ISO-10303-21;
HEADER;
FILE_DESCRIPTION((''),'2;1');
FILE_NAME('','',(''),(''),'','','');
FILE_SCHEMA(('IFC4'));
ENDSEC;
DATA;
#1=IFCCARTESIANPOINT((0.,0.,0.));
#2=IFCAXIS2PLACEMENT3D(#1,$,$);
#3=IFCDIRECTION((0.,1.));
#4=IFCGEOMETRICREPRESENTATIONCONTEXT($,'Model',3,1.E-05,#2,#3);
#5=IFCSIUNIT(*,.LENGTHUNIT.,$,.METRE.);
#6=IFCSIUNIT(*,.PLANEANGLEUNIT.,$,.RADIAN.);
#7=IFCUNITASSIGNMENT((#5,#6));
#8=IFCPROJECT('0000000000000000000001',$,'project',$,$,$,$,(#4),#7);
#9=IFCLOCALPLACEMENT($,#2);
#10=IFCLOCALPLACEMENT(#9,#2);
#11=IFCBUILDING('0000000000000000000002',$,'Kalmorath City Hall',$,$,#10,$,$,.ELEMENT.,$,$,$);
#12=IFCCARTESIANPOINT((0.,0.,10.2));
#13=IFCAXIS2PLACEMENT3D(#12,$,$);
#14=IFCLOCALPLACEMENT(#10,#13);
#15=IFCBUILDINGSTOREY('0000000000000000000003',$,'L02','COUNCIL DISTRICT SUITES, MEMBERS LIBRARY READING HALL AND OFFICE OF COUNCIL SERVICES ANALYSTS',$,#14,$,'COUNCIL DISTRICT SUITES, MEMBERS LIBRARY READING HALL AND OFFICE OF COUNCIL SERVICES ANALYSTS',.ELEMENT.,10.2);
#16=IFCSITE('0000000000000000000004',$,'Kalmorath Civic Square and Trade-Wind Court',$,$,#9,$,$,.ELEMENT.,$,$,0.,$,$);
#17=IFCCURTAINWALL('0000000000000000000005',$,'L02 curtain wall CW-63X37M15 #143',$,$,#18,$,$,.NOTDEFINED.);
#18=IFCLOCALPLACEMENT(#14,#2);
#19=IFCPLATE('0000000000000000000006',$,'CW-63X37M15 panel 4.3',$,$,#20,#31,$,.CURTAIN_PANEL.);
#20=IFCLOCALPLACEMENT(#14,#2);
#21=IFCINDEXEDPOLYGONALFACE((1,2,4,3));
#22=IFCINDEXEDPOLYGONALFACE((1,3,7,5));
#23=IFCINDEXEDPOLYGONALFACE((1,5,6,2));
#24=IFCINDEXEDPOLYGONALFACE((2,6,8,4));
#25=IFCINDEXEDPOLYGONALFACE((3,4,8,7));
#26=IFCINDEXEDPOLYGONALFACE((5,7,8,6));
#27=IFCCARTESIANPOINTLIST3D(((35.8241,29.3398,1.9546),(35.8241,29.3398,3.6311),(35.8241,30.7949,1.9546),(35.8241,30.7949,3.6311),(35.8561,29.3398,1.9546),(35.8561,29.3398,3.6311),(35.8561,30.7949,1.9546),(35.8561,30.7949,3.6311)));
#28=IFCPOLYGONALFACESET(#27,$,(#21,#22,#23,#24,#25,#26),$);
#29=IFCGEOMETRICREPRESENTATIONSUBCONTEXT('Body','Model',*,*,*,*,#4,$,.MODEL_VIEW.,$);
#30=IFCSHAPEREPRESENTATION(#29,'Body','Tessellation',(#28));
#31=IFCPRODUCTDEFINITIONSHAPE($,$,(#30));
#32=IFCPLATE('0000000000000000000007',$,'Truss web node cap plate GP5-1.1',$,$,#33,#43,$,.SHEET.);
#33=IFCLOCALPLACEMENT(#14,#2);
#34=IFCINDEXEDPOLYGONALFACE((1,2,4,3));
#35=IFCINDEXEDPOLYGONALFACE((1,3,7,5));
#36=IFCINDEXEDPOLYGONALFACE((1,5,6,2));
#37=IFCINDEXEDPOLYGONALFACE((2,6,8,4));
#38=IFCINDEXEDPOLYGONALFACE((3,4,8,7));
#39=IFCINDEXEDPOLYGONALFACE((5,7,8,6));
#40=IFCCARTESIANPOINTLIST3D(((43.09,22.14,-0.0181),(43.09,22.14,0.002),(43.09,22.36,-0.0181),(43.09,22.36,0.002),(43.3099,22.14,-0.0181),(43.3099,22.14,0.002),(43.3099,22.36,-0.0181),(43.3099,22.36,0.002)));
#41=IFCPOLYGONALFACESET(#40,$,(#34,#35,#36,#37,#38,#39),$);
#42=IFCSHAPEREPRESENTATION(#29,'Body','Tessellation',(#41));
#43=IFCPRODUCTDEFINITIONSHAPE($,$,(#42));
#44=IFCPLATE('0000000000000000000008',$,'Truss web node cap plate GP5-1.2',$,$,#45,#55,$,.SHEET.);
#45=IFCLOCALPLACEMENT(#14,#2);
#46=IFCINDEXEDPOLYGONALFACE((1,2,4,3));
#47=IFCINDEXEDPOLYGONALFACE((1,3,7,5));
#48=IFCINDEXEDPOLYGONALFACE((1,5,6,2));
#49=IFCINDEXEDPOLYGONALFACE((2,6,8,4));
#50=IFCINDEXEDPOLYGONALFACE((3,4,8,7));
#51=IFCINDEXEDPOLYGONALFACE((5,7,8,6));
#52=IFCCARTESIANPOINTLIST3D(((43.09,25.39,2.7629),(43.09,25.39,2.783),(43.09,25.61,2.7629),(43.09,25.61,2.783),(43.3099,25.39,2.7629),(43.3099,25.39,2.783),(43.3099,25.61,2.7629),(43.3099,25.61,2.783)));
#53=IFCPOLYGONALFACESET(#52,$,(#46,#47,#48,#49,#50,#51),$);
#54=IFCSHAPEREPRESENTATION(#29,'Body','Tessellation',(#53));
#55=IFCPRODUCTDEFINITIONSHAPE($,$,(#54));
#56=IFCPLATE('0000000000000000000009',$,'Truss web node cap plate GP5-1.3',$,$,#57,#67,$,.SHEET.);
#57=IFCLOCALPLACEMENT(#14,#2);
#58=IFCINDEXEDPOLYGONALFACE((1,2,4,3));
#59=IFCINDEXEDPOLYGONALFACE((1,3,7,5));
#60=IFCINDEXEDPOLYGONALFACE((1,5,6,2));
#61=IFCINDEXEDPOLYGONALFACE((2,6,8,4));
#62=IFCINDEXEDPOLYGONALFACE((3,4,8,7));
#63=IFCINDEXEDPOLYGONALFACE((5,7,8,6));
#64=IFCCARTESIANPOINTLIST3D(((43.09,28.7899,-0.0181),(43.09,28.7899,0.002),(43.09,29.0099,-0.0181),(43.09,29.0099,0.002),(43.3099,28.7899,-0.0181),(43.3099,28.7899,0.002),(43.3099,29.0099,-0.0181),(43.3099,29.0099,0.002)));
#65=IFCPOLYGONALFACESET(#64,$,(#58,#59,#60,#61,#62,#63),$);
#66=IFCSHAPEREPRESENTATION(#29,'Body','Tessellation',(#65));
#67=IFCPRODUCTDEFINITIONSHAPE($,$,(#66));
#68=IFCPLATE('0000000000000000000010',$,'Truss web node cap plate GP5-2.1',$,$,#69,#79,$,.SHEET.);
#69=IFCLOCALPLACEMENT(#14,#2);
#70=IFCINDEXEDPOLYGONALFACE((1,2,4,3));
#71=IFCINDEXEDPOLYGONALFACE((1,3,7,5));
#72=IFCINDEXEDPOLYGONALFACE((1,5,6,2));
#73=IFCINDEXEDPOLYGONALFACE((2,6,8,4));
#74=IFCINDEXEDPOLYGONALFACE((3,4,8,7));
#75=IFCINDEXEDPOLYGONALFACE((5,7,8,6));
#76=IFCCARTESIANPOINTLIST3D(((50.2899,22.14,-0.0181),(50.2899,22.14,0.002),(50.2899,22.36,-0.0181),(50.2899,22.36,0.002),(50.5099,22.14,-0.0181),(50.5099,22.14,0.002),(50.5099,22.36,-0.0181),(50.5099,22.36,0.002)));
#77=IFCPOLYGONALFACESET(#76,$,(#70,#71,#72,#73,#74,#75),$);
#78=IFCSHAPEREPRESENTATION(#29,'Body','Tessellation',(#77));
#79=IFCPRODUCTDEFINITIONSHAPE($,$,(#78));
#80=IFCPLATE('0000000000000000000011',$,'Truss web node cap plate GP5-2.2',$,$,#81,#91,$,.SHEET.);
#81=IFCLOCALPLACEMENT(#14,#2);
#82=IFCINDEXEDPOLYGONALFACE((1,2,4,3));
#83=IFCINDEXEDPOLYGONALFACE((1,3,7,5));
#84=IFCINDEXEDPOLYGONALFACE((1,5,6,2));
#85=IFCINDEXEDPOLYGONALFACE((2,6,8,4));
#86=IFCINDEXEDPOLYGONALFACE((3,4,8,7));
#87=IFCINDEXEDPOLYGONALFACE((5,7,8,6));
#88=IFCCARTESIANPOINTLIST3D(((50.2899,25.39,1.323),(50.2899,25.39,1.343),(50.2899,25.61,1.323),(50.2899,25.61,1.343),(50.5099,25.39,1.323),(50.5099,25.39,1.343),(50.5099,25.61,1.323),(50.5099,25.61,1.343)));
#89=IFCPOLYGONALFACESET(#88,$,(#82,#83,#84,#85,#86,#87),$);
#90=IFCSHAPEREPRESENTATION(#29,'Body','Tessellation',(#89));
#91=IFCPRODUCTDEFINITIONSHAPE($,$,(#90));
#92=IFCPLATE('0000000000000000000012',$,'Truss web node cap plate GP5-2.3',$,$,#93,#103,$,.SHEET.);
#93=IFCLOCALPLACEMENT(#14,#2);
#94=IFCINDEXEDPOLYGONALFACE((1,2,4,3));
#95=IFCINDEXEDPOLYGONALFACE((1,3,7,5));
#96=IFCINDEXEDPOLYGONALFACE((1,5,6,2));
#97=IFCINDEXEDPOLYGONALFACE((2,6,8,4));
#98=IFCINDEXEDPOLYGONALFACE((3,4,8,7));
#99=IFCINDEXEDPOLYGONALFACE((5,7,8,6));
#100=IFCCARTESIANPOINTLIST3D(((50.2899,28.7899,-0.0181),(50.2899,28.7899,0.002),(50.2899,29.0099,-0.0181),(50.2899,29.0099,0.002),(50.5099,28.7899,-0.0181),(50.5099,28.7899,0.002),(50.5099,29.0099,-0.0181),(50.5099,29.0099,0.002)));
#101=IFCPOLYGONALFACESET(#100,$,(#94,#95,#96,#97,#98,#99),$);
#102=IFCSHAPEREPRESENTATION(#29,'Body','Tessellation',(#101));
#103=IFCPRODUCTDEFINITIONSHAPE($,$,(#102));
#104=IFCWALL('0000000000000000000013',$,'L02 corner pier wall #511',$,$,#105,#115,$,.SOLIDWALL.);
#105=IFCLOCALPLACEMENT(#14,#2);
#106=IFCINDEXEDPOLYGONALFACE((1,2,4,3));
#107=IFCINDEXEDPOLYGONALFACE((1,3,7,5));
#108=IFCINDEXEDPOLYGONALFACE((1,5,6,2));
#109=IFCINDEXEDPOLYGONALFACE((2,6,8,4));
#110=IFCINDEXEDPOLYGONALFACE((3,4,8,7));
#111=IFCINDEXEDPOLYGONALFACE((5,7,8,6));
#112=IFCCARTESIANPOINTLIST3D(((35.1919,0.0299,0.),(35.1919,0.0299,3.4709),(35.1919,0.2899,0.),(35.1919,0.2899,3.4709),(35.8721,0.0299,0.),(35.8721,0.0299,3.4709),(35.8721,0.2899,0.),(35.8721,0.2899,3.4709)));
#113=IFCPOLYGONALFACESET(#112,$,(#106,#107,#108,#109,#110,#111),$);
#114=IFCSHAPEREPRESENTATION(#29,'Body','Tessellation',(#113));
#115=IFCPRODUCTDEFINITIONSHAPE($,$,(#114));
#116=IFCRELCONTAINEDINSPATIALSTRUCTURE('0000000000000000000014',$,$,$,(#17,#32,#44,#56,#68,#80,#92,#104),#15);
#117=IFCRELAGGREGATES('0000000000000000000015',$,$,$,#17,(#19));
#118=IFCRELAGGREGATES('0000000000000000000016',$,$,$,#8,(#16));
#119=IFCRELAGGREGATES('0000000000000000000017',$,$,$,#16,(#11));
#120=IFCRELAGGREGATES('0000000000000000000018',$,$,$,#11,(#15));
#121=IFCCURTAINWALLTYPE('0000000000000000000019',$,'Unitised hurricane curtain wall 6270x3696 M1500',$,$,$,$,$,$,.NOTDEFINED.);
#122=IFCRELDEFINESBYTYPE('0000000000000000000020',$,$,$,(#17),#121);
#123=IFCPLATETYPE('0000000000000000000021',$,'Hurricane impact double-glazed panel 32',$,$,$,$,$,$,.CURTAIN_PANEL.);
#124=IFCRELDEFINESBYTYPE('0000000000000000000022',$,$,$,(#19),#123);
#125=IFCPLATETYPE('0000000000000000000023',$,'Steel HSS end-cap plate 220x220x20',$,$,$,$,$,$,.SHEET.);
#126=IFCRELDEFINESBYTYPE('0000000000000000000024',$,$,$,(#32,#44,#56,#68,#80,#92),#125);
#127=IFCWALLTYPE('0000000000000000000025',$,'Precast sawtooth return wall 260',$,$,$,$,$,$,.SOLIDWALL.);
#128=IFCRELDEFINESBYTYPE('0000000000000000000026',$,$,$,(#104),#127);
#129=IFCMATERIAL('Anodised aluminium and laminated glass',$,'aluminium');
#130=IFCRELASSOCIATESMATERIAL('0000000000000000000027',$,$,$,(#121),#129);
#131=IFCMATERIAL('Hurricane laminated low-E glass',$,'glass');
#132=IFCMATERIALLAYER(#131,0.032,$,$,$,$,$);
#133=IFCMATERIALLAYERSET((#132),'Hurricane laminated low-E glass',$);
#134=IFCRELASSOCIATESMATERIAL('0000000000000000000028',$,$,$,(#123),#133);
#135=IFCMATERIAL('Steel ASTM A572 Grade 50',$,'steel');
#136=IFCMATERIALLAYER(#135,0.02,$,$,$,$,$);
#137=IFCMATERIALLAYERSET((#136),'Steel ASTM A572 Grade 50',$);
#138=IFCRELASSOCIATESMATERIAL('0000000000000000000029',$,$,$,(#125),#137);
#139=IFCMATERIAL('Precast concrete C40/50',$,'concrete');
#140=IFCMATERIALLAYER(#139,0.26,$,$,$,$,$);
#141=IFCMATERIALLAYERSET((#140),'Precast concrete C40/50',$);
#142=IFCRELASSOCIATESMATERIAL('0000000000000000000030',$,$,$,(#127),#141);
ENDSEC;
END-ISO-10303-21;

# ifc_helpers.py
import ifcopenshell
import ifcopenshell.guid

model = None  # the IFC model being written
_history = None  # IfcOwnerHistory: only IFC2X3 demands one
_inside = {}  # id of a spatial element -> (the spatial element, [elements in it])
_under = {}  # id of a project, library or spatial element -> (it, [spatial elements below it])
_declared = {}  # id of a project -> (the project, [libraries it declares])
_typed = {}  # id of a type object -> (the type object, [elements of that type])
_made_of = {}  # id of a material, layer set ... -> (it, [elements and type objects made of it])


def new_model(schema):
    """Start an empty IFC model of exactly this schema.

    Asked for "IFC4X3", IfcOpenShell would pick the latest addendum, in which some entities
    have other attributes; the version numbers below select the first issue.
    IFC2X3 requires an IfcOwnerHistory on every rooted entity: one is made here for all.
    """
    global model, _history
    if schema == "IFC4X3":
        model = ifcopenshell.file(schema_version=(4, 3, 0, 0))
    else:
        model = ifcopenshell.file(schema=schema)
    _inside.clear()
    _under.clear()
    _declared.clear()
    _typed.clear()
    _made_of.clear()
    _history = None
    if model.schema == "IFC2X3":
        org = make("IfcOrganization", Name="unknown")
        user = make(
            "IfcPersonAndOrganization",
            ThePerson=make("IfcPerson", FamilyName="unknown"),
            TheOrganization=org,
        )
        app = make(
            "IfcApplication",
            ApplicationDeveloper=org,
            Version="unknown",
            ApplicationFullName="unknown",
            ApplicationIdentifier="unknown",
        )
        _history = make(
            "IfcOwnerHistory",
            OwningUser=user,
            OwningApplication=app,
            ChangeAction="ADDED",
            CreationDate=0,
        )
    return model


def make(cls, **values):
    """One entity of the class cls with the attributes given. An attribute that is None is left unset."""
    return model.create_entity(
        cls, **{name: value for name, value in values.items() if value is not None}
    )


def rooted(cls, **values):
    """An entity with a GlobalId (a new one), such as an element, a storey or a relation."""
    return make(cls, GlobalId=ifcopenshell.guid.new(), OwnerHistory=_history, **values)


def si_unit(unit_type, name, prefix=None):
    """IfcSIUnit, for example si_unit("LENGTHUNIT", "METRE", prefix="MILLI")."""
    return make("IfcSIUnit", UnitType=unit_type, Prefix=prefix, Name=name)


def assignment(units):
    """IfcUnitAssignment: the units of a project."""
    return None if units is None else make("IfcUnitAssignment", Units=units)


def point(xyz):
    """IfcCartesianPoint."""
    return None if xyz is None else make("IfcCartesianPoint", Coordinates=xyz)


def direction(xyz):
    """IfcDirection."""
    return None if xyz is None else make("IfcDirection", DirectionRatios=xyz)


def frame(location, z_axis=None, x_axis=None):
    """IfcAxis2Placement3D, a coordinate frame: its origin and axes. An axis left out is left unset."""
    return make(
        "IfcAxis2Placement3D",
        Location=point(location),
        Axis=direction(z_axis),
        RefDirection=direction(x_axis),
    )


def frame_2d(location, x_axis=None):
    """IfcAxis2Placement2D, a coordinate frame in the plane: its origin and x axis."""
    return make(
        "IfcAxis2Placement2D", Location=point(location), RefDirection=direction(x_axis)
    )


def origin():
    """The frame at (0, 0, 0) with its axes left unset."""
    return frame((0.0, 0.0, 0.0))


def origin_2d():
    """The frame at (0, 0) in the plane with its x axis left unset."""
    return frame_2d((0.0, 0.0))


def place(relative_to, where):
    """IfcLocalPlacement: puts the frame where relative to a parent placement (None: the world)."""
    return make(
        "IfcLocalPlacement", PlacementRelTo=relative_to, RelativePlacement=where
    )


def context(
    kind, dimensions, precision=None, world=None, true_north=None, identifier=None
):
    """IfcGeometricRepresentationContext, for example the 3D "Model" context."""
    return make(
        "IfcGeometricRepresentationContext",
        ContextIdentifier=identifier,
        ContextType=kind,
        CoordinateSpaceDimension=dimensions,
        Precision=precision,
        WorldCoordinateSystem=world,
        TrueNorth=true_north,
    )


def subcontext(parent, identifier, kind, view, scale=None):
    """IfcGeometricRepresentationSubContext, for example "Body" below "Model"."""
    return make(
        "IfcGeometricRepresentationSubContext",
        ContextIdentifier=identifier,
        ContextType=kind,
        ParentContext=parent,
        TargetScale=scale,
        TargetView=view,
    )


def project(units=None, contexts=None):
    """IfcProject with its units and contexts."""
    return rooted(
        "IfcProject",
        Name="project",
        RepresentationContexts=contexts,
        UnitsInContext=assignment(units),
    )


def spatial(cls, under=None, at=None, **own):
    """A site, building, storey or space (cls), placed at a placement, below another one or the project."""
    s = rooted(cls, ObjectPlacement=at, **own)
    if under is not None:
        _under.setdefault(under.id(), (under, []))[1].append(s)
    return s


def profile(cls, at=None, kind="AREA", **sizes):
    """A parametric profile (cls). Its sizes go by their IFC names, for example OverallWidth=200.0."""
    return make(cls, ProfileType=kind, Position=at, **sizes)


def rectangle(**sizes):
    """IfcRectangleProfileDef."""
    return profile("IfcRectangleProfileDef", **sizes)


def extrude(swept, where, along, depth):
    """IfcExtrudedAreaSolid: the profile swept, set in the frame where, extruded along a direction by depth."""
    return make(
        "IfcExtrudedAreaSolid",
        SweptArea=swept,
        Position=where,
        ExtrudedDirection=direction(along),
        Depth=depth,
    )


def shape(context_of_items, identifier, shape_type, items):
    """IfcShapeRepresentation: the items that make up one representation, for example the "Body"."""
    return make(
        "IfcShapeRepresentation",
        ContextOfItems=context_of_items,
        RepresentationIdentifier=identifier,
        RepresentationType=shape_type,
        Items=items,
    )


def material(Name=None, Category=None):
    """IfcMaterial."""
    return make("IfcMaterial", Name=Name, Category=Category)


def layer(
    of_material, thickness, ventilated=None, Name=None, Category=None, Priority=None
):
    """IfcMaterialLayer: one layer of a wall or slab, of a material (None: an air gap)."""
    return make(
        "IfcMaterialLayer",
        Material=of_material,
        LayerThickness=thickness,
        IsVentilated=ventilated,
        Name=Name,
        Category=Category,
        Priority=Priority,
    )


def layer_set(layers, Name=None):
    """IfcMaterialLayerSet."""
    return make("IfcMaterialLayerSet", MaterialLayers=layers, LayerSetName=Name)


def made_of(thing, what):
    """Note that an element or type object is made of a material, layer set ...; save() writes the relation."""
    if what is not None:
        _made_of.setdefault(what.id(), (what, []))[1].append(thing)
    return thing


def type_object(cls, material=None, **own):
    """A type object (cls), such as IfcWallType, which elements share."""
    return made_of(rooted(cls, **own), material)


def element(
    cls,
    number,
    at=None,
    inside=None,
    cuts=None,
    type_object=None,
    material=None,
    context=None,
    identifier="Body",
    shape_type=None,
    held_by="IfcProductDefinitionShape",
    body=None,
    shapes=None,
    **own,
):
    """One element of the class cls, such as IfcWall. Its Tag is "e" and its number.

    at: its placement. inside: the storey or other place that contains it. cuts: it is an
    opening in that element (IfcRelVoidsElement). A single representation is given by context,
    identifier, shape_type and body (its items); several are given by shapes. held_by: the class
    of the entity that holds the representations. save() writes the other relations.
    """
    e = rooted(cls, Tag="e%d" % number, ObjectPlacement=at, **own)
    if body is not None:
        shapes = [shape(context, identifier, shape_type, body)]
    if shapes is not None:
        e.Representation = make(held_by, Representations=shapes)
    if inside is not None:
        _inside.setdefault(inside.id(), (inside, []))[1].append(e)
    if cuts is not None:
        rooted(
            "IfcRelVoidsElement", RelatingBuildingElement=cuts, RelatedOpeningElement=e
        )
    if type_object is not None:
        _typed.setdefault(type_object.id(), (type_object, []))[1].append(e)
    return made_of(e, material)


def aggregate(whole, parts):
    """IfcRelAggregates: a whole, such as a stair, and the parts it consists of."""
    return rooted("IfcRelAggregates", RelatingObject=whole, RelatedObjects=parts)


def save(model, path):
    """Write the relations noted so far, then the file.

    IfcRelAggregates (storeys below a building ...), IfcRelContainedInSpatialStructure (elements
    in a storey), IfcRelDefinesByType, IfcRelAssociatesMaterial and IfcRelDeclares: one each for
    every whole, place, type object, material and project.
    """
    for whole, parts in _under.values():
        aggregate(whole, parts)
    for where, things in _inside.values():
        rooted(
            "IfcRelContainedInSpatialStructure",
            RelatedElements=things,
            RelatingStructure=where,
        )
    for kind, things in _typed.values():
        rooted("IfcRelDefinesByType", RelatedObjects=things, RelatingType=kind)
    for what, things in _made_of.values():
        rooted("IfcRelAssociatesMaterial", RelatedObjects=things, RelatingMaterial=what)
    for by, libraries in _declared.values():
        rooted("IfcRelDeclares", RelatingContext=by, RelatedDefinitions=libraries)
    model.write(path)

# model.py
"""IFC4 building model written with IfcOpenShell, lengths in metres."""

from ifc_helpers import new_model, si_unit, direction, frame, frame_2d, origin, origin_2d, place, context, subcontext, project, spatial, rectangle, extrude, material, layer, layer_set, type_object, element, aggregate, save


model = new_model("IFC4")

# Units and contexts
model_context = context("Model", 3, precision=1e-05, world=origin(), true_north=direction((0.0, 1.0)))
body_context = subcontext(model_context, "Body", "Model", "MODEL_VIEW")
ifc_project = project(units=[si_unit("LENGTHUNIT", "METRE"), si_unit("PLANEANGLEUNIT", "RADIAN")], contexts=[model_context])

# Site, building, storey
site_placement = place(None, origin())
site = spatial("IfcSite", under=ifc_project, at=site_placement, Name="Kalmorath Civic Square and Trade-Wind Court", CompositionType="ELEMENT", RefElevation=0.0)
building_placement = place(site_placement, origin())
building = spatial("IfcBuilding", under=site, at=building_placement, Name="Kalmorath City Hall", CompositionType="ELEMENT")
storey_placement = place(building_placement, frame((0.0, 0.0, 10.2)))
storey = spatial("IfcBuildingStorey", under=building, at=storey_placement, Name="L02", Description="COUNCIL DISTRICT SUITES, MEMBERS LIBRARY READING HALL AND OFFICE OF COUNCIL SERVICES ANALYSTS", LongName="COUNCIL DISTRICT SUITES, MEMBERS LIBRARY READING HALL AND OFFICE OF COUNCIL SERVICES ANALYSTS", CompositionType="ELEMENT", Elevation=10.2)

# Curtain wall
ifc_material_1 = material(Name="Anodised aluminium and laminated glass", Category="aluminium")
curtain_wall_type_1 = type_object("IfcCurtainWallType", Name="Unitised hurricane curtain wall 6270x3696 M1500", PredefinedType="NOTDEFINED", material=ifc_material_1)
curtain_wall_1_placement = place(storey_placement, origin())
curtain_wall_1 = element("IfcCurtainWall", 1, at=curtain_wall_1_placement, inside=storey, type_object=curtain_wall_type_1, Name="L02 curtain wall CW-63X37M15 #143", PredefinedType="NOTDEFINED")

# Plate
ifc_material_2 = material(Name="Hurricane laminated low-E glass", Category="glass")
ifc_layer_1 = layer(ifc_material_2, 0.032)
ifc_layer_set_1 = layer_set([ifc_layer_1], Name="Hurricane laminated low-E glass")
plate_type_1 = type_object("IfcPlateType", Name="Hurricane impact double-glazed panel 32", PredefinedType="CURTAIN_PANEL", material=ifc_layer_set_1)
plate_1_placement = place(storey_placement, frame((35.8401, 30.0674, 1.9546), z_axis=(0.0, 0.0, 1.0), x_axis=(0.0, -1.0, 0.0)))
plate_1 = element("IfcPlate", 2, at=plate_1_placement, type_object=plate_type_1, Name="CW-63X37M15 panel 4.3", PredefinedType="CURTAIN_PANEL", context=body_context, shape_type="SweptSolid", body=[
    extrude(rectangle(XDim=1.4551, YDim=0.032, at=origin_2d()), origin(), (0.0, 0.0, 1.0), 1.6765),
])
aggregate(curtain_wall_1, [plate_1])

# Plates
ifc_material_3 = material(Name="Steel ASTM A572 Grade 50", Category="steel")
ifc_layer_2 = layer(ifc_material_3, 0.02)
ifc_layer_set_2 = layer_set([ifc_layer_2], Name="Steel ASTM A572 Grade 50")
plate_type_2 = type_object("IfcPlateType", Name="Steel HSS end-cap plate 220x220x20", PredefinedType="SHEET", material=ifc_layer_set_2)
for number, where, z_axis, x_axis, name in (
    (3, (43.2, 22.25, -0.0181), (0.0, 0.0, 1.0), (1.0, 0.0, 0.0), "Truss web node cap plate GP5-1.1"),
    (4, (43.2, 25.5, 2.7629), (0.0, 0.0, 1.0), (1.0, 0.0, 0.0), "Truss web node cap plate GP5-1.2"),
    (5, (43.2, 28.8999, -0.0181), (0.0, 0.0, 1.0), (1.0, 0.0, 0.0), "Truss web node cap plate GP5-1.3"),
    (6, (50.3999, 22.25, -0.0181), (0.0, 0.0, 1.0), (1.0, 0.0, 0.0), "Truss web node cap plate GP5-2.1"),
    (7, (50.3999, 25.5, 1.323), (0.0, 0.0, 1.0), (1.0, 0.0, 0.0), "Truss web node cap plate GP5-2.2"),
    (8, (50.3999, 28.8999, -0.0181), (0.0, 0.0, 1.0), (1.0, 0.0, 0.0), "Truss web node cap plate GP5-2.3"),
):
    element("IfcPlate", number, at=place(storey_placement, frame(where, z_axis=z_axis, x_axis=x_axis)), inside=storey, type_object=plate_type_2, Name=name, PredefinedType="SHEET", context=body_context, shape_type="SweptSolid", body=[
        extrude(rectangle(XDim=0.22, YDim=0.22, at=origin_2d()), origin(), (0.0, 0.0, 1.0), 0.02),
    ])

# Wall
ifc_material_4 = material(Name="Precast concrete C40/50", Category="concrete")
ifc_layer_3 = layer(ifc_material_4, 0.26)
ifc_layer_set_3 = layer_set([ifc_layer_3], Name="Precast concrete C40/50")
wall_type = type_object("IfcWallType", Name="Precast sawtooth return wall 260", PredefinedType="SOLIDWALL", material=ifc_layer_set_3)
wall_placement = place(storey_placement, frame((35.8721, 0.1599, 0.0), z_axis=(0.0, 0.0, 1.0), x_axis=(-1.0, 0.0, 0.0)))
element("IfcWall", 9, at=wall_placement, inside=storey, type_object=wall_type, Name="L02 corner pier wall #511", PredefinedType="SOLIDWALL", context=body_context, shape_type="SweptSolid", body=[
    extrude(rectangle(XDim=0.6802, YDim=0.26, at=frame_2d((0.3401, 0.0))), origin(), (0.0, 0.0, 1.0), 3.4709),
])

save(model, "model.ifc")
